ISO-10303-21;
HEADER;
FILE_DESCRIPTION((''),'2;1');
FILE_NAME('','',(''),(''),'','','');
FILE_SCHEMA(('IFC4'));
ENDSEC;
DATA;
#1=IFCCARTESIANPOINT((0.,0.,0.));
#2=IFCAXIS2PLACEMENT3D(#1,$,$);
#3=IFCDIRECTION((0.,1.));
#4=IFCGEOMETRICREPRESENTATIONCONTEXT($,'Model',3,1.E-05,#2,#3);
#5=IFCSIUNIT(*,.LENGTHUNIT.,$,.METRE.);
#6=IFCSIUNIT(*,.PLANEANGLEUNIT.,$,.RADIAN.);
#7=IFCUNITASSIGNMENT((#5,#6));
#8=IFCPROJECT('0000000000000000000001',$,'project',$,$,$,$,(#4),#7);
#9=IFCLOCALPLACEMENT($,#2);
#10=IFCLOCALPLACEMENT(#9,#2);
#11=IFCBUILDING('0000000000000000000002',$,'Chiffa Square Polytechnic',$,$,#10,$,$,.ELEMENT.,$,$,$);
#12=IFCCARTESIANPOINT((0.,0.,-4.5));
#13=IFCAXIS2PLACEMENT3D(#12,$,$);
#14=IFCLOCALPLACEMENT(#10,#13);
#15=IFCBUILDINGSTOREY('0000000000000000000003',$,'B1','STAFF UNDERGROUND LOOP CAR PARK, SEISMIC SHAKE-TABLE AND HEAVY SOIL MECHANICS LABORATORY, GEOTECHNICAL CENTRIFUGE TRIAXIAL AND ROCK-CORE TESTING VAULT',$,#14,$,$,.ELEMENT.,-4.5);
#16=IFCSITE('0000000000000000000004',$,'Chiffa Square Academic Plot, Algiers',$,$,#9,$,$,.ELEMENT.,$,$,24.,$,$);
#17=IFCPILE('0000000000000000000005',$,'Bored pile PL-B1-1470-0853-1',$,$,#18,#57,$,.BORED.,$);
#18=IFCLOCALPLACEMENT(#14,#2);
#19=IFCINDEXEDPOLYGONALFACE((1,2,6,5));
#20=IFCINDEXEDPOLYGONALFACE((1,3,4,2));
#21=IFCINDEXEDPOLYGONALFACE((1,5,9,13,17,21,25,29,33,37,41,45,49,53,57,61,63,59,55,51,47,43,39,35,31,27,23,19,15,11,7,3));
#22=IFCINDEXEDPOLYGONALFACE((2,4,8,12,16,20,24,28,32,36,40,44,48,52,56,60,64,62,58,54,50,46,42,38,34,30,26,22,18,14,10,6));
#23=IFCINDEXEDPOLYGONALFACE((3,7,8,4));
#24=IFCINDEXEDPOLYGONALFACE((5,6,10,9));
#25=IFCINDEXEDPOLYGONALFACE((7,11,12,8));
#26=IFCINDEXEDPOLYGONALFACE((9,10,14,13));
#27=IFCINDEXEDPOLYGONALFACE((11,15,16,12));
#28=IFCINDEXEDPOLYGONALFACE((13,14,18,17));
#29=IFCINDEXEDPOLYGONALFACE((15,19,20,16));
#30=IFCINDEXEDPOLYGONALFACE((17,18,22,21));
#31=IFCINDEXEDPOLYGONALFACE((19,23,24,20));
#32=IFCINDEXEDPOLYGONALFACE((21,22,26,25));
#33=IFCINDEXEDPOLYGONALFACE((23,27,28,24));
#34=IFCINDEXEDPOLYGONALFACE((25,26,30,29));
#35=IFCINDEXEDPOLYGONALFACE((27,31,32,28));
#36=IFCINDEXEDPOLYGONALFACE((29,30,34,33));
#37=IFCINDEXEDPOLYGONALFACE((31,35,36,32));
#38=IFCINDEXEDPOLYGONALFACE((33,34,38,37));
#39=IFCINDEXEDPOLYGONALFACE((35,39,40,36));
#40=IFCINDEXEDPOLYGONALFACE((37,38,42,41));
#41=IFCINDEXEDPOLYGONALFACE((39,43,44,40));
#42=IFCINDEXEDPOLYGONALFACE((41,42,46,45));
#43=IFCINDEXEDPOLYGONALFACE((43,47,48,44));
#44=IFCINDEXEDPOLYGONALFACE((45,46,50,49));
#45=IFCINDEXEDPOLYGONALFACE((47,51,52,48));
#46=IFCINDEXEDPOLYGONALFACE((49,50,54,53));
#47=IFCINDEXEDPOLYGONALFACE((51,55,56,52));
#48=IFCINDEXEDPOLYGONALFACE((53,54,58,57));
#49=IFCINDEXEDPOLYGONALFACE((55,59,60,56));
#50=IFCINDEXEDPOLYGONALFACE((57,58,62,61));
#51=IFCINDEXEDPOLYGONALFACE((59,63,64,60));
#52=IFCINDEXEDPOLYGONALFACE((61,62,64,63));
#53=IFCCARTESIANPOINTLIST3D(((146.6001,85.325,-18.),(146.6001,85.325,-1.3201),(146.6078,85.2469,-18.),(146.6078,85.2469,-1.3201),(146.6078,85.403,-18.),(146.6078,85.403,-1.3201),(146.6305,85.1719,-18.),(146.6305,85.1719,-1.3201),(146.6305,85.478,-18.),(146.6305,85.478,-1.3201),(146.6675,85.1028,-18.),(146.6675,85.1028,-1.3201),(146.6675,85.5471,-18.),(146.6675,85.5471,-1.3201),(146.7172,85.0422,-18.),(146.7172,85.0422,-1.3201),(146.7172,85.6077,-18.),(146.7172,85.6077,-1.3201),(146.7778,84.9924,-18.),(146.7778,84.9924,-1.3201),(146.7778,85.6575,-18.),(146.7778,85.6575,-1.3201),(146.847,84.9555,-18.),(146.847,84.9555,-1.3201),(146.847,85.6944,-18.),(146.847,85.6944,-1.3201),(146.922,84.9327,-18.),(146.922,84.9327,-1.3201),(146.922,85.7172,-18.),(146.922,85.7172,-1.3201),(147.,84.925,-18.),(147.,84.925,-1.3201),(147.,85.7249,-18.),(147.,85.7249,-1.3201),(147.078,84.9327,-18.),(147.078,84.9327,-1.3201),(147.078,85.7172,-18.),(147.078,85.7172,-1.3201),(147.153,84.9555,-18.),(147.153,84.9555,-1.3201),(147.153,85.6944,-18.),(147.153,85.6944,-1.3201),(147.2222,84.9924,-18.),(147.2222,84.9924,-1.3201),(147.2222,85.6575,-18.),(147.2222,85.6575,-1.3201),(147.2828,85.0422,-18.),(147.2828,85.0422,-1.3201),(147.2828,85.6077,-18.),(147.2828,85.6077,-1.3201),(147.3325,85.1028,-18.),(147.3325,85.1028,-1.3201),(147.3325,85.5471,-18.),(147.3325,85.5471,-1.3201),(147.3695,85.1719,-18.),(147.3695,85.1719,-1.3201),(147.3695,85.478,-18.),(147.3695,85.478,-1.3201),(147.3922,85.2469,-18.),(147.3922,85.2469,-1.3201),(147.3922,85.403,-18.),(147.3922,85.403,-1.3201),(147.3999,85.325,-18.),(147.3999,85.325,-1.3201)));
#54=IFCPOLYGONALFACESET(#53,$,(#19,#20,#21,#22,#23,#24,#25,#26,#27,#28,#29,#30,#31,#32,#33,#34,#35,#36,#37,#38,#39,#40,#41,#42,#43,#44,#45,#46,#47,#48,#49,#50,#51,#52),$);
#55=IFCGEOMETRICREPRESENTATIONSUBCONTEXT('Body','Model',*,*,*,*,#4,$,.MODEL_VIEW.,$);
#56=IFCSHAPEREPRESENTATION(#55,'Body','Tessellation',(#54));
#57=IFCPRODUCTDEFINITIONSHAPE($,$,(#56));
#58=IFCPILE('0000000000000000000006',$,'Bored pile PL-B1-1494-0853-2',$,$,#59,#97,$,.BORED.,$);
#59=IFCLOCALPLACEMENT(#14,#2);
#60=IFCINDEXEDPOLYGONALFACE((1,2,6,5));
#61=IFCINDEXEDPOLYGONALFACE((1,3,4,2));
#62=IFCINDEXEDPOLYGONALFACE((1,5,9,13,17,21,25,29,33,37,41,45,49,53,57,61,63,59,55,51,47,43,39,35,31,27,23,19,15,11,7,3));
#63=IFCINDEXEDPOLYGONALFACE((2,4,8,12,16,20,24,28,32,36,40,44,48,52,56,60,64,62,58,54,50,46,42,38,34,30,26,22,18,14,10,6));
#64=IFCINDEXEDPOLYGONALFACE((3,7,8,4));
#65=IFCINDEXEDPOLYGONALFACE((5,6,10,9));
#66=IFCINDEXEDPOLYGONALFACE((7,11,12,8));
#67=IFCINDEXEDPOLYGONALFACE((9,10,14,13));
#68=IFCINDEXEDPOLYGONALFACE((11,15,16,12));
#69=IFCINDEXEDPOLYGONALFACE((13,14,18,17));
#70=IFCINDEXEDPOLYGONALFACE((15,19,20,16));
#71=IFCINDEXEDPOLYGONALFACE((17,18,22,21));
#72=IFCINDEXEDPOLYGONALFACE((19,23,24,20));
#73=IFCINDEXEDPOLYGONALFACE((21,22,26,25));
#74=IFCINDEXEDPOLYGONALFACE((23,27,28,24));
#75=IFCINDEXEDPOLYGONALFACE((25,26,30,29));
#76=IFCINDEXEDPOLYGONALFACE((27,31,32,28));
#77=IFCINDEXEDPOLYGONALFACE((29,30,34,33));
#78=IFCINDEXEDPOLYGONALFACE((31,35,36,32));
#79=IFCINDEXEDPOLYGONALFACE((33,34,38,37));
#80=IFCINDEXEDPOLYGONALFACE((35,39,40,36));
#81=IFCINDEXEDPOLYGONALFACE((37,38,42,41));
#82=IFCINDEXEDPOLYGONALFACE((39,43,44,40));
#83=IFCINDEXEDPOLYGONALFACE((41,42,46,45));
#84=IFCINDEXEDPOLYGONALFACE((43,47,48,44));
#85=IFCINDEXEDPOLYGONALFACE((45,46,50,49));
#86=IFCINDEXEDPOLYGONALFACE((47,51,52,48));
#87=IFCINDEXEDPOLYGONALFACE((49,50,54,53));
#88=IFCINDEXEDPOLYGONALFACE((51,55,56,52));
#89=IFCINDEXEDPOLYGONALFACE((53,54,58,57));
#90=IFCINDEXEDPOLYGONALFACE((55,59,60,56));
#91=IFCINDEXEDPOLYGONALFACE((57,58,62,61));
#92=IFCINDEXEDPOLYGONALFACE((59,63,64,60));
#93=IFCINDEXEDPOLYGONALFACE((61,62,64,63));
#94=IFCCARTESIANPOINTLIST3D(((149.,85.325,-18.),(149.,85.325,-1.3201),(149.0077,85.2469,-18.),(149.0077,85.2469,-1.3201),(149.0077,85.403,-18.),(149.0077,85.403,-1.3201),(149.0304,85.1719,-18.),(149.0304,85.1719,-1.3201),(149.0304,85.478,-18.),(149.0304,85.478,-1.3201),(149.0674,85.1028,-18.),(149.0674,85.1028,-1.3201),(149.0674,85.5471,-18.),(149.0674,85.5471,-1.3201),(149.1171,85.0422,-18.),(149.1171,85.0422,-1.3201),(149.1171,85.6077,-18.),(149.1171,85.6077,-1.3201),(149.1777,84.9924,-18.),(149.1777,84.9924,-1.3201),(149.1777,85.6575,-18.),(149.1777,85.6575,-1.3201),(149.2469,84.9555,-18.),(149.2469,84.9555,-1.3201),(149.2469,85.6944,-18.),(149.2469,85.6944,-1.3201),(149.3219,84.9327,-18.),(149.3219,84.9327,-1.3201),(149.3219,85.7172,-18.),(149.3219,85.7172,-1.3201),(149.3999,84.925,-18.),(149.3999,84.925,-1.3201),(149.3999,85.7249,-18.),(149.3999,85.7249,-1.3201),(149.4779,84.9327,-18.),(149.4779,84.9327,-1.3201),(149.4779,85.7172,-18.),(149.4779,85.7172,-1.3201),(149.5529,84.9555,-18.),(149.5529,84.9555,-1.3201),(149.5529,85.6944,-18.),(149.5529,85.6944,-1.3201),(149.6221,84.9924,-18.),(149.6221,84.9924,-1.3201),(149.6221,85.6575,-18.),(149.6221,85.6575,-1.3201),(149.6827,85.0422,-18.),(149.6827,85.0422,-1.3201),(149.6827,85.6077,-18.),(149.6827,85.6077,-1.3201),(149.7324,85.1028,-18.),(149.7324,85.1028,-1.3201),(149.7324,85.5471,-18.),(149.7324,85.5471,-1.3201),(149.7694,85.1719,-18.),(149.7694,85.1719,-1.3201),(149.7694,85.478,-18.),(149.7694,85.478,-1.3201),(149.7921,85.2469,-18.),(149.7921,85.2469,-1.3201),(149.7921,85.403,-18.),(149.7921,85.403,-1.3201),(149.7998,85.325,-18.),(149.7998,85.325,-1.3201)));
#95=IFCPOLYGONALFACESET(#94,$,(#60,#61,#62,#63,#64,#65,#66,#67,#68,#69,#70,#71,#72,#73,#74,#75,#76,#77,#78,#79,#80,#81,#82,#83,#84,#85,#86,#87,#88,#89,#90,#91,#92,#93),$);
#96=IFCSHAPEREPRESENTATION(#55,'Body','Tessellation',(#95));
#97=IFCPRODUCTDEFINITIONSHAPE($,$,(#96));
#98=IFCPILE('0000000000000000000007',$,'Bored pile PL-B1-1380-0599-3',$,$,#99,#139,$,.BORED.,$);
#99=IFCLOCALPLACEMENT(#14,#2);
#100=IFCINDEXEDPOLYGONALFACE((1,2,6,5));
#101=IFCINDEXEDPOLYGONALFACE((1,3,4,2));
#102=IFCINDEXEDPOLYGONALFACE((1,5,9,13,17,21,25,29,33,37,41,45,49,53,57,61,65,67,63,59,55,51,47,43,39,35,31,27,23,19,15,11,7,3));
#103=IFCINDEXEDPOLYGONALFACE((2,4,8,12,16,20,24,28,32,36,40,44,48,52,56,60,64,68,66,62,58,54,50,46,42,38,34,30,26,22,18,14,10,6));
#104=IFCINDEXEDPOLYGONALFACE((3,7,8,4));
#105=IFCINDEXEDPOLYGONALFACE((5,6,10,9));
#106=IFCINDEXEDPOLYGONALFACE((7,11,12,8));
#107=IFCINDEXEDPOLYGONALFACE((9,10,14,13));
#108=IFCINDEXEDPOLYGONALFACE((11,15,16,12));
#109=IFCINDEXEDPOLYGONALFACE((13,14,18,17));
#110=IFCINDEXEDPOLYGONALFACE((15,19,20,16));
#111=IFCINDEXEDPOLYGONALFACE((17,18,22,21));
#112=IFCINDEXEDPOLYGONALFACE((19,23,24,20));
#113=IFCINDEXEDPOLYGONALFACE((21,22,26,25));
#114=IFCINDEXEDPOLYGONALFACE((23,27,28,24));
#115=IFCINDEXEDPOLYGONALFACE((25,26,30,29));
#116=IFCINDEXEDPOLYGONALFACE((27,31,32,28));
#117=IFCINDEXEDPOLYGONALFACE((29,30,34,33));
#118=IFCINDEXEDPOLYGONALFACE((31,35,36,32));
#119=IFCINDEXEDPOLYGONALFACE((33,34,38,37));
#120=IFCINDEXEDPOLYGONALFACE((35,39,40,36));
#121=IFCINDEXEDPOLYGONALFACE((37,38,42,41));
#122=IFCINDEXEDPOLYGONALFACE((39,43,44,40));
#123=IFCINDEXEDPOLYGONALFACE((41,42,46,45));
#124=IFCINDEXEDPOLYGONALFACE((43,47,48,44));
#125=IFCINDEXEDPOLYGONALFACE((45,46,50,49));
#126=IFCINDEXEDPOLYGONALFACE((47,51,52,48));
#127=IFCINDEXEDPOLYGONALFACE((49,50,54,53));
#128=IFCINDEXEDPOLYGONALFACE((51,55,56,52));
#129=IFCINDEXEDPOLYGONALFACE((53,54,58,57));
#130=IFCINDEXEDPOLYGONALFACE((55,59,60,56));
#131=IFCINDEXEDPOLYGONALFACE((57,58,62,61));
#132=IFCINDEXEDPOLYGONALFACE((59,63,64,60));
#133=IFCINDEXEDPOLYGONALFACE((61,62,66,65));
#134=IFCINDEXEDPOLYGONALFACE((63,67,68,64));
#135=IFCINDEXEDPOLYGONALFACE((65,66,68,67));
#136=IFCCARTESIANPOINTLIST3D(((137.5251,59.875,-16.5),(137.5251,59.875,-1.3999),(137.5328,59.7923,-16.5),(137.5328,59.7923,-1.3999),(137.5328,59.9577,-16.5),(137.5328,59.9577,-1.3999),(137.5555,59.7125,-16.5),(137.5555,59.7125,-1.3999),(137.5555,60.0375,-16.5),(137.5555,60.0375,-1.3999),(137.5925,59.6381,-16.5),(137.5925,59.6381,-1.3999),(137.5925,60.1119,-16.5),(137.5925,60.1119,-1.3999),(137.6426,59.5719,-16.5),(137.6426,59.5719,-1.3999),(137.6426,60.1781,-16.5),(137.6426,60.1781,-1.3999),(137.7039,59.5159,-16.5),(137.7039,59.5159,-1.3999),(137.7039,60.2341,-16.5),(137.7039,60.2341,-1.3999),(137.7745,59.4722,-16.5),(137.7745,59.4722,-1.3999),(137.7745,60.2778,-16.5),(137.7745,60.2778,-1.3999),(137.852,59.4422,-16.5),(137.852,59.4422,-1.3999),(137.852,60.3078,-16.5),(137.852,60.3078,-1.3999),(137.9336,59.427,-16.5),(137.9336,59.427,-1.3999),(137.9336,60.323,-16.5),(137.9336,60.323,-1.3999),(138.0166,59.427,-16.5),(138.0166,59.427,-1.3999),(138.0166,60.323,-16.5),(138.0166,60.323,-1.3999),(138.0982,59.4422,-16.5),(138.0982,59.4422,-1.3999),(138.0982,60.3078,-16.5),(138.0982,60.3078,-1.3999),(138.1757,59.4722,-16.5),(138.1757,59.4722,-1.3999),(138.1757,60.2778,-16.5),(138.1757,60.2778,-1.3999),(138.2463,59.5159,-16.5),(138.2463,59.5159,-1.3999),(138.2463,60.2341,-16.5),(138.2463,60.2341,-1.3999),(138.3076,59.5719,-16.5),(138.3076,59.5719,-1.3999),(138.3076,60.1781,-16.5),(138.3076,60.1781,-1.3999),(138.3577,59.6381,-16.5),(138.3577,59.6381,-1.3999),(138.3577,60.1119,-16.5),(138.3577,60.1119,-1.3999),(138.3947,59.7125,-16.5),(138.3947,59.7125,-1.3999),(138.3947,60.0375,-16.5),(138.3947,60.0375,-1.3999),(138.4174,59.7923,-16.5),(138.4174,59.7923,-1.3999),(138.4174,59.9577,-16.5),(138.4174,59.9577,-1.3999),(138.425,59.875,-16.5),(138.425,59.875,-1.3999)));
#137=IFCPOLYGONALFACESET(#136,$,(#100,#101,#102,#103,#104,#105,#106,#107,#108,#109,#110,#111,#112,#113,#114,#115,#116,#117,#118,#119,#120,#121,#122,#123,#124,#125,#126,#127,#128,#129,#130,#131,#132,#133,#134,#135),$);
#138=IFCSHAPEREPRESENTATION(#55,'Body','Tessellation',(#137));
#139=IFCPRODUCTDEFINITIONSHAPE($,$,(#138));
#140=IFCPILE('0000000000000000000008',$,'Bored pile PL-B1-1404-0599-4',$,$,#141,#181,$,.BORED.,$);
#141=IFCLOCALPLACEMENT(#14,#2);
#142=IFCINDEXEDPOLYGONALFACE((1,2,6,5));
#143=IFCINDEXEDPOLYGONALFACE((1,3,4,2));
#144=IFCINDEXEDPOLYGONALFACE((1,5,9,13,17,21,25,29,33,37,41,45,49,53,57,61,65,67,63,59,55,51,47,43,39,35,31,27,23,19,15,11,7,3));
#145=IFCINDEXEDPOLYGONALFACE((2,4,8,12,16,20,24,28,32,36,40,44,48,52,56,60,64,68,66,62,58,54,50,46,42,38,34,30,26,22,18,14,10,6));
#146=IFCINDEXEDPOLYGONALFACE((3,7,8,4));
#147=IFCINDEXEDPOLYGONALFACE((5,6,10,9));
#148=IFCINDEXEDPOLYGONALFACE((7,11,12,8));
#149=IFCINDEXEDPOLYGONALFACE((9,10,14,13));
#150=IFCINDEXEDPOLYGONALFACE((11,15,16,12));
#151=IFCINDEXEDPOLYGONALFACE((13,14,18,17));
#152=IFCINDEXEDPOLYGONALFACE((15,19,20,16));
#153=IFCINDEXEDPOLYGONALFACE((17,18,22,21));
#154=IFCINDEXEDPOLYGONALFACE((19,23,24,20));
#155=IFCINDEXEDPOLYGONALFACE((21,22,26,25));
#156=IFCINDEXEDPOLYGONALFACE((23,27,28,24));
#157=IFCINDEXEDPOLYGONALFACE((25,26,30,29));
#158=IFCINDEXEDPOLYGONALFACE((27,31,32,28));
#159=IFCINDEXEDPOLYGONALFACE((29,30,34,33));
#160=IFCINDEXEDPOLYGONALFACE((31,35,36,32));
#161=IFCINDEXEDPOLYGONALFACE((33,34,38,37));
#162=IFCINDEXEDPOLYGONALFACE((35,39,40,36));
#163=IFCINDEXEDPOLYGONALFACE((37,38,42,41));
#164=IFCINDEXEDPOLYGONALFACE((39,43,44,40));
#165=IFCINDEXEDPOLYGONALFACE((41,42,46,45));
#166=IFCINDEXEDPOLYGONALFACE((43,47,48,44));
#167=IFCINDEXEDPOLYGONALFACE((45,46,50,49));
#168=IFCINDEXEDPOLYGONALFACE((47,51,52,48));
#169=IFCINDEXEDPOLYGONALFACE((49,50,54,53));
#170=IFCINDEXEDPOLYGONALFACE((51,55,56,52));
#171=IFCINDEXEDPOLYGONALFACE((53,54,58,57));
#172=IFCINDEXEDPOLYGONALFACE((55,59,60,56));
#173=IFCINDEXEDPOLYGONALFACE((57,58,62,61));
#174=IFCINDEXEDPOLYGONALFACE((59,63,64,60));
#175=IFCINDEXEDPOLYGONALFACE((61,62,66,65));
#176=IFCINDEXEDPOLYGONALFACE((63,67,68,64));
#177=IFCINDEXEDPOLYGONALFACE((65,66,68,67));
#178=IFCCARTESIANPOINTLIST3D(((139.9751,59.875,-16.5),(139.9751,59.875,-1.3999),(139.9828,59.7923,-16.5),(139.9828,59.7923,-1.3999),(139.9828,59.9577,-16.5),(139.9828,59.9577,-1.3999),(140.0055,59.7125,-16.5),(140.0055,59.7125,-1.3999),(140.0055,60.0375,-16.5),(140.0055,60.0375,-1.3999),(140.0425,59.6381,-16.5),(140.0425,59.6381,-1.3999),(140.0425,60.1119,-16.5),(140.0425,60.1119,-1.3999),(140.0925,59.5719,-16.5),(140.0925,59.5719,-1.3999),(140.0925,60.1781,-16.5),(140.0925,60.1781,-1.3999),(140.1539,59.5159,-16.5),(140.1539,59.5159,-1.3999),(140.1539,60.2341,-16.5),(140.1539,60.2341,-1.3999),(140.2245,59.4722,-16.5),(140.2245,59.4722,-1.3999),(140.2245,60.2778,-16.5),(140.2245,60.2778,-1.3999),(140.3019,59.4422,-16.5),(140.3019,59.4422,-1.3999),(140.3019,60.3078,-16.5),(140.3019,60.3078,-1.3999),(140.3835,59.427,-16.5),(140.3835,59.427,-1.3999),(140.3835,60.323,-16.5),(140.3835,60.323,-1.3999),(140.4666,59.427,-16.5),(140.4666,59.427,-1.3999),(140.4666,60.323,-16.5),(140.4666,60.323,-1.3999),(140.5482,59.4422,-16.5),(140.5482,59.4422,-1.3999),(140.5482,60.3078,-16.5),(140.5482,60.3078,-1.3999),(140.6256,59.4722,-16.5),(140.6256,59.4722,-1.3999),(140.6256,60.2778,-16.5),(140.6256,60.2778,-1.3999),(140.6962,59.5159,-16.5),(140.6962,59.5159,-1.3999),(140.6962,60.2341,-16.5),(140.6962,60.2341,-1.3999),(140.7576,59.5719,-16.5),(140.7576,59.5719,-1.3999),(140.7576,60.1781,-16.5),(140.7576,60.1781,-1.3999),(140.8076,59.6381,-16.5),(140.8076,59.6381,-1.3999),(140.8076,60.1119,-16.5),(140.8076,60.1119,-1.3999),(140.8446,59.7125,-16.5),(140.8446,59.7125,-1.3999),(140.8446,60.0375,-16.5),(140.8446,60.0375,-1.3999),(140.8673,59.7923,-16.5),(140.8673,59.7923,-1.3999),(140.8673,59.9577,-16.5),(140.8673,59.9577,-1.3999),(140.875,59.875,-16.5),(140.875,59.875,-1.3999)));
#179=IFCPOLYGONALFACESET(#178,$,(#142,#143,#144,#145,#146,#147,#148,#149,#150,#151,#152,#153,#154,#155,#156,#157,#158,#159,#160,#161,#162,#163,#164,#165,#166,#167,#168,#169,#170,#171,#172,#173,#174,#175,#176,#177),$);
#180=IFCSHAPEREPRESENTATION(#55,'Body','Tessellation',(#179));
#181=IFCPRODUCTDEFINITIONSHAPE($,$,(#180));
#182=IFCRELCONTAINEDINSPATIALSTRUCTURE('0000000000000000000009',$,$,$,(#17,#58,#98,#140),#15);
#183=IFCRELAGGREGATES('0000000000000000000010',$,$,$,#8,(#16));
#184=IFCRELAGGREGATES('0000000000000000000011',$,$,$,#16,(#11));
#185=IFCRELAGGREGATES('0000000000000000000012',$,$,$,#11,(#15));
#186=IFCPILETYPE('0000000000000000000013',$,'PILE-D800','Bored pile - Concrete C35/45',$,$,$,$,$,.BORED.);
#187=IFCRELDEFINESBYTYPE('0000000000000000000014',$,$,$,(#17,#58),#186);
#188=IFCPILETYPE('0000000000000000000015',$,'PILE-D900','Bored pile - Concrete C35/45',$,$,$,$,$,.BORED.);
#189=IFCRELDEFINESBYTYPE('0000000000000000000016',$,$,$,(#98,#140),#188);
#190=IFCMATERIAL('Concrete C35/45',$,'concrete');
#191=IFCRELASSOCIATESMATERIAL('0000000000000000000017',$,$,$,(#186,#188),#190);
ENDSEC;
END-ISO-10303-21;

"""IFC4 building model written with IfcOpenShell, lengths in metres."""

from ifc_helpers import new_model, si_unit, direction, frame, origin, origin_2d, place, context, subcontext, project, spatial, circle, extrude, material, material_profile, profile_set, type_object, element, save


model = new_model("IFC4")

# Units and contexts
model_context = context("Model", 3, precision=1e-05, world=origin(), true_north=direction((0.0, 1.0)))
body_context = subcontext(model_context, "Body", "Model", "MODEL_VIEW")
ifc_project = project(units=[si_unit("LENGTHUNIT", "METRE"), si_unit("PLANEANGLEUNIT", "RADIAN")], contexts=[model_context])

# Site, building, storey
site_placement = place(None, origin())
site = spatial("IfcSite", under=ifc_project, at=site_placement, Name="Chiffa Square Academic Plot, Algiers", CompositionType="ELEMENT", RefElevation=24.0)
building_placement = place(site_placement, origin())
building = spatial("IfcBuilding", under=site, at=building_placement, Name="Chiffa Square Polytechnic", CompositionType="ELEMENT")
storey_placement = place(building_placement, frame((0.0, 0.0, -4.5)))
storey = spatial("IfcBuildingStorey", under=building, at=storey_placement, Name="B1", Description="STAFF UNDERGROUND LOOP CAR PARK, SEISMIC SHAKE-TABLE AND HEAVY SOIL MECHANICS LABORATORY, GEOTECHNICAL CENTRIFUGE TRIAXIAL AND ROCK-CORE TESTING VAULT", CompositionType="ELEMENT", Elevation=-4.5)

# Shared definitions
ifc_material = material(Name="Concrete C35/45", Category="concrete")

# Piles
ifc_material_profile_1 = material_profile(ifc_material, circle(Radius=0.3999, at=origin_2d()), Name="PILE D800")
ifc_profile_set_1 = profile_set([ifc_material_profile_1], Name="Concrete C35/45")
pile_type_1 = type_object("IfcPileType", Name="PILE-D800", Description="Bored pile - Concrete C35/45", PredefinedType="BORED", material=ifc_profile_set_1)
for number, where, z_axis, x_axis, name in (
    (1, (147.0, 85.325, -1.3201), (0.0, 0.0, -1.0), (1.0, 0.0, 0.0), "Bored pile PL-B1-1470-0853-1"),
    (2, (149.3999, 85.325, -1.3201), (0.0, 0.0, -1.0), (1.0, 0.0, 0.0), "Bored pile PL-B1-1494-0853-2"),
):
    element("IfcPile", number, at=place(storey_placement, frame(where, z_axis=z_axis, x_axis=x_axis)), inside=storey, type_object=pile_type_1, Name=name, PredefinedType="BORED", context=body_context, shape_type="SweptSolid", body=[
        extrude(circle(Radius=0.3999, at=origin_2d()), origin(), (0.0, 0.0, 1.0), 16.6799),
    ])
ifc_material_profile_2 = material_profile(ifc_material, circle(Radius=0.45, at=origin_2d()), Name="PILE D900")
ifc_profile_set_2 = profile_set([ifc_material_profile_2], Name="Concrete C35/45")
pile_type_2 = type_object("IfcPileType", Name="PILE-D900", Description="Bored pile - Concrete C35/45", PredefinedType="BORED", material=ifc_profile_set_2)
for number, where, z_axis, x_axis, name in (
    (3, (137.9751, 59.875, -1.3999), (0.0, 0.0, -1.0), (1.0, 0.0, 0.0), "Bored pile PL-B1-1380-0599-3"),
    (4, (140.425, 59.875, -1.3999), (0.0, 0.0, -1.0), (1.0, 0.0, 0.0), "Bored pile PL-B1-1404-0599-4"),
):
    element("IfcPile", number, at=place(storey_placement, frame(where, z_axis=z_axis, x_axis=x_axis)), inside=storey, type_object=pile_type_2, Name=name, PredefinedType="BORED", context=body_context, shape_type="SweptSolid", body=[
        extrude(circle(Radius=0.45, at=origin_2d()), origin(), (0.0, 0.0, 1.0), 15.1001),
    ])

save(model, "model.ifc")
